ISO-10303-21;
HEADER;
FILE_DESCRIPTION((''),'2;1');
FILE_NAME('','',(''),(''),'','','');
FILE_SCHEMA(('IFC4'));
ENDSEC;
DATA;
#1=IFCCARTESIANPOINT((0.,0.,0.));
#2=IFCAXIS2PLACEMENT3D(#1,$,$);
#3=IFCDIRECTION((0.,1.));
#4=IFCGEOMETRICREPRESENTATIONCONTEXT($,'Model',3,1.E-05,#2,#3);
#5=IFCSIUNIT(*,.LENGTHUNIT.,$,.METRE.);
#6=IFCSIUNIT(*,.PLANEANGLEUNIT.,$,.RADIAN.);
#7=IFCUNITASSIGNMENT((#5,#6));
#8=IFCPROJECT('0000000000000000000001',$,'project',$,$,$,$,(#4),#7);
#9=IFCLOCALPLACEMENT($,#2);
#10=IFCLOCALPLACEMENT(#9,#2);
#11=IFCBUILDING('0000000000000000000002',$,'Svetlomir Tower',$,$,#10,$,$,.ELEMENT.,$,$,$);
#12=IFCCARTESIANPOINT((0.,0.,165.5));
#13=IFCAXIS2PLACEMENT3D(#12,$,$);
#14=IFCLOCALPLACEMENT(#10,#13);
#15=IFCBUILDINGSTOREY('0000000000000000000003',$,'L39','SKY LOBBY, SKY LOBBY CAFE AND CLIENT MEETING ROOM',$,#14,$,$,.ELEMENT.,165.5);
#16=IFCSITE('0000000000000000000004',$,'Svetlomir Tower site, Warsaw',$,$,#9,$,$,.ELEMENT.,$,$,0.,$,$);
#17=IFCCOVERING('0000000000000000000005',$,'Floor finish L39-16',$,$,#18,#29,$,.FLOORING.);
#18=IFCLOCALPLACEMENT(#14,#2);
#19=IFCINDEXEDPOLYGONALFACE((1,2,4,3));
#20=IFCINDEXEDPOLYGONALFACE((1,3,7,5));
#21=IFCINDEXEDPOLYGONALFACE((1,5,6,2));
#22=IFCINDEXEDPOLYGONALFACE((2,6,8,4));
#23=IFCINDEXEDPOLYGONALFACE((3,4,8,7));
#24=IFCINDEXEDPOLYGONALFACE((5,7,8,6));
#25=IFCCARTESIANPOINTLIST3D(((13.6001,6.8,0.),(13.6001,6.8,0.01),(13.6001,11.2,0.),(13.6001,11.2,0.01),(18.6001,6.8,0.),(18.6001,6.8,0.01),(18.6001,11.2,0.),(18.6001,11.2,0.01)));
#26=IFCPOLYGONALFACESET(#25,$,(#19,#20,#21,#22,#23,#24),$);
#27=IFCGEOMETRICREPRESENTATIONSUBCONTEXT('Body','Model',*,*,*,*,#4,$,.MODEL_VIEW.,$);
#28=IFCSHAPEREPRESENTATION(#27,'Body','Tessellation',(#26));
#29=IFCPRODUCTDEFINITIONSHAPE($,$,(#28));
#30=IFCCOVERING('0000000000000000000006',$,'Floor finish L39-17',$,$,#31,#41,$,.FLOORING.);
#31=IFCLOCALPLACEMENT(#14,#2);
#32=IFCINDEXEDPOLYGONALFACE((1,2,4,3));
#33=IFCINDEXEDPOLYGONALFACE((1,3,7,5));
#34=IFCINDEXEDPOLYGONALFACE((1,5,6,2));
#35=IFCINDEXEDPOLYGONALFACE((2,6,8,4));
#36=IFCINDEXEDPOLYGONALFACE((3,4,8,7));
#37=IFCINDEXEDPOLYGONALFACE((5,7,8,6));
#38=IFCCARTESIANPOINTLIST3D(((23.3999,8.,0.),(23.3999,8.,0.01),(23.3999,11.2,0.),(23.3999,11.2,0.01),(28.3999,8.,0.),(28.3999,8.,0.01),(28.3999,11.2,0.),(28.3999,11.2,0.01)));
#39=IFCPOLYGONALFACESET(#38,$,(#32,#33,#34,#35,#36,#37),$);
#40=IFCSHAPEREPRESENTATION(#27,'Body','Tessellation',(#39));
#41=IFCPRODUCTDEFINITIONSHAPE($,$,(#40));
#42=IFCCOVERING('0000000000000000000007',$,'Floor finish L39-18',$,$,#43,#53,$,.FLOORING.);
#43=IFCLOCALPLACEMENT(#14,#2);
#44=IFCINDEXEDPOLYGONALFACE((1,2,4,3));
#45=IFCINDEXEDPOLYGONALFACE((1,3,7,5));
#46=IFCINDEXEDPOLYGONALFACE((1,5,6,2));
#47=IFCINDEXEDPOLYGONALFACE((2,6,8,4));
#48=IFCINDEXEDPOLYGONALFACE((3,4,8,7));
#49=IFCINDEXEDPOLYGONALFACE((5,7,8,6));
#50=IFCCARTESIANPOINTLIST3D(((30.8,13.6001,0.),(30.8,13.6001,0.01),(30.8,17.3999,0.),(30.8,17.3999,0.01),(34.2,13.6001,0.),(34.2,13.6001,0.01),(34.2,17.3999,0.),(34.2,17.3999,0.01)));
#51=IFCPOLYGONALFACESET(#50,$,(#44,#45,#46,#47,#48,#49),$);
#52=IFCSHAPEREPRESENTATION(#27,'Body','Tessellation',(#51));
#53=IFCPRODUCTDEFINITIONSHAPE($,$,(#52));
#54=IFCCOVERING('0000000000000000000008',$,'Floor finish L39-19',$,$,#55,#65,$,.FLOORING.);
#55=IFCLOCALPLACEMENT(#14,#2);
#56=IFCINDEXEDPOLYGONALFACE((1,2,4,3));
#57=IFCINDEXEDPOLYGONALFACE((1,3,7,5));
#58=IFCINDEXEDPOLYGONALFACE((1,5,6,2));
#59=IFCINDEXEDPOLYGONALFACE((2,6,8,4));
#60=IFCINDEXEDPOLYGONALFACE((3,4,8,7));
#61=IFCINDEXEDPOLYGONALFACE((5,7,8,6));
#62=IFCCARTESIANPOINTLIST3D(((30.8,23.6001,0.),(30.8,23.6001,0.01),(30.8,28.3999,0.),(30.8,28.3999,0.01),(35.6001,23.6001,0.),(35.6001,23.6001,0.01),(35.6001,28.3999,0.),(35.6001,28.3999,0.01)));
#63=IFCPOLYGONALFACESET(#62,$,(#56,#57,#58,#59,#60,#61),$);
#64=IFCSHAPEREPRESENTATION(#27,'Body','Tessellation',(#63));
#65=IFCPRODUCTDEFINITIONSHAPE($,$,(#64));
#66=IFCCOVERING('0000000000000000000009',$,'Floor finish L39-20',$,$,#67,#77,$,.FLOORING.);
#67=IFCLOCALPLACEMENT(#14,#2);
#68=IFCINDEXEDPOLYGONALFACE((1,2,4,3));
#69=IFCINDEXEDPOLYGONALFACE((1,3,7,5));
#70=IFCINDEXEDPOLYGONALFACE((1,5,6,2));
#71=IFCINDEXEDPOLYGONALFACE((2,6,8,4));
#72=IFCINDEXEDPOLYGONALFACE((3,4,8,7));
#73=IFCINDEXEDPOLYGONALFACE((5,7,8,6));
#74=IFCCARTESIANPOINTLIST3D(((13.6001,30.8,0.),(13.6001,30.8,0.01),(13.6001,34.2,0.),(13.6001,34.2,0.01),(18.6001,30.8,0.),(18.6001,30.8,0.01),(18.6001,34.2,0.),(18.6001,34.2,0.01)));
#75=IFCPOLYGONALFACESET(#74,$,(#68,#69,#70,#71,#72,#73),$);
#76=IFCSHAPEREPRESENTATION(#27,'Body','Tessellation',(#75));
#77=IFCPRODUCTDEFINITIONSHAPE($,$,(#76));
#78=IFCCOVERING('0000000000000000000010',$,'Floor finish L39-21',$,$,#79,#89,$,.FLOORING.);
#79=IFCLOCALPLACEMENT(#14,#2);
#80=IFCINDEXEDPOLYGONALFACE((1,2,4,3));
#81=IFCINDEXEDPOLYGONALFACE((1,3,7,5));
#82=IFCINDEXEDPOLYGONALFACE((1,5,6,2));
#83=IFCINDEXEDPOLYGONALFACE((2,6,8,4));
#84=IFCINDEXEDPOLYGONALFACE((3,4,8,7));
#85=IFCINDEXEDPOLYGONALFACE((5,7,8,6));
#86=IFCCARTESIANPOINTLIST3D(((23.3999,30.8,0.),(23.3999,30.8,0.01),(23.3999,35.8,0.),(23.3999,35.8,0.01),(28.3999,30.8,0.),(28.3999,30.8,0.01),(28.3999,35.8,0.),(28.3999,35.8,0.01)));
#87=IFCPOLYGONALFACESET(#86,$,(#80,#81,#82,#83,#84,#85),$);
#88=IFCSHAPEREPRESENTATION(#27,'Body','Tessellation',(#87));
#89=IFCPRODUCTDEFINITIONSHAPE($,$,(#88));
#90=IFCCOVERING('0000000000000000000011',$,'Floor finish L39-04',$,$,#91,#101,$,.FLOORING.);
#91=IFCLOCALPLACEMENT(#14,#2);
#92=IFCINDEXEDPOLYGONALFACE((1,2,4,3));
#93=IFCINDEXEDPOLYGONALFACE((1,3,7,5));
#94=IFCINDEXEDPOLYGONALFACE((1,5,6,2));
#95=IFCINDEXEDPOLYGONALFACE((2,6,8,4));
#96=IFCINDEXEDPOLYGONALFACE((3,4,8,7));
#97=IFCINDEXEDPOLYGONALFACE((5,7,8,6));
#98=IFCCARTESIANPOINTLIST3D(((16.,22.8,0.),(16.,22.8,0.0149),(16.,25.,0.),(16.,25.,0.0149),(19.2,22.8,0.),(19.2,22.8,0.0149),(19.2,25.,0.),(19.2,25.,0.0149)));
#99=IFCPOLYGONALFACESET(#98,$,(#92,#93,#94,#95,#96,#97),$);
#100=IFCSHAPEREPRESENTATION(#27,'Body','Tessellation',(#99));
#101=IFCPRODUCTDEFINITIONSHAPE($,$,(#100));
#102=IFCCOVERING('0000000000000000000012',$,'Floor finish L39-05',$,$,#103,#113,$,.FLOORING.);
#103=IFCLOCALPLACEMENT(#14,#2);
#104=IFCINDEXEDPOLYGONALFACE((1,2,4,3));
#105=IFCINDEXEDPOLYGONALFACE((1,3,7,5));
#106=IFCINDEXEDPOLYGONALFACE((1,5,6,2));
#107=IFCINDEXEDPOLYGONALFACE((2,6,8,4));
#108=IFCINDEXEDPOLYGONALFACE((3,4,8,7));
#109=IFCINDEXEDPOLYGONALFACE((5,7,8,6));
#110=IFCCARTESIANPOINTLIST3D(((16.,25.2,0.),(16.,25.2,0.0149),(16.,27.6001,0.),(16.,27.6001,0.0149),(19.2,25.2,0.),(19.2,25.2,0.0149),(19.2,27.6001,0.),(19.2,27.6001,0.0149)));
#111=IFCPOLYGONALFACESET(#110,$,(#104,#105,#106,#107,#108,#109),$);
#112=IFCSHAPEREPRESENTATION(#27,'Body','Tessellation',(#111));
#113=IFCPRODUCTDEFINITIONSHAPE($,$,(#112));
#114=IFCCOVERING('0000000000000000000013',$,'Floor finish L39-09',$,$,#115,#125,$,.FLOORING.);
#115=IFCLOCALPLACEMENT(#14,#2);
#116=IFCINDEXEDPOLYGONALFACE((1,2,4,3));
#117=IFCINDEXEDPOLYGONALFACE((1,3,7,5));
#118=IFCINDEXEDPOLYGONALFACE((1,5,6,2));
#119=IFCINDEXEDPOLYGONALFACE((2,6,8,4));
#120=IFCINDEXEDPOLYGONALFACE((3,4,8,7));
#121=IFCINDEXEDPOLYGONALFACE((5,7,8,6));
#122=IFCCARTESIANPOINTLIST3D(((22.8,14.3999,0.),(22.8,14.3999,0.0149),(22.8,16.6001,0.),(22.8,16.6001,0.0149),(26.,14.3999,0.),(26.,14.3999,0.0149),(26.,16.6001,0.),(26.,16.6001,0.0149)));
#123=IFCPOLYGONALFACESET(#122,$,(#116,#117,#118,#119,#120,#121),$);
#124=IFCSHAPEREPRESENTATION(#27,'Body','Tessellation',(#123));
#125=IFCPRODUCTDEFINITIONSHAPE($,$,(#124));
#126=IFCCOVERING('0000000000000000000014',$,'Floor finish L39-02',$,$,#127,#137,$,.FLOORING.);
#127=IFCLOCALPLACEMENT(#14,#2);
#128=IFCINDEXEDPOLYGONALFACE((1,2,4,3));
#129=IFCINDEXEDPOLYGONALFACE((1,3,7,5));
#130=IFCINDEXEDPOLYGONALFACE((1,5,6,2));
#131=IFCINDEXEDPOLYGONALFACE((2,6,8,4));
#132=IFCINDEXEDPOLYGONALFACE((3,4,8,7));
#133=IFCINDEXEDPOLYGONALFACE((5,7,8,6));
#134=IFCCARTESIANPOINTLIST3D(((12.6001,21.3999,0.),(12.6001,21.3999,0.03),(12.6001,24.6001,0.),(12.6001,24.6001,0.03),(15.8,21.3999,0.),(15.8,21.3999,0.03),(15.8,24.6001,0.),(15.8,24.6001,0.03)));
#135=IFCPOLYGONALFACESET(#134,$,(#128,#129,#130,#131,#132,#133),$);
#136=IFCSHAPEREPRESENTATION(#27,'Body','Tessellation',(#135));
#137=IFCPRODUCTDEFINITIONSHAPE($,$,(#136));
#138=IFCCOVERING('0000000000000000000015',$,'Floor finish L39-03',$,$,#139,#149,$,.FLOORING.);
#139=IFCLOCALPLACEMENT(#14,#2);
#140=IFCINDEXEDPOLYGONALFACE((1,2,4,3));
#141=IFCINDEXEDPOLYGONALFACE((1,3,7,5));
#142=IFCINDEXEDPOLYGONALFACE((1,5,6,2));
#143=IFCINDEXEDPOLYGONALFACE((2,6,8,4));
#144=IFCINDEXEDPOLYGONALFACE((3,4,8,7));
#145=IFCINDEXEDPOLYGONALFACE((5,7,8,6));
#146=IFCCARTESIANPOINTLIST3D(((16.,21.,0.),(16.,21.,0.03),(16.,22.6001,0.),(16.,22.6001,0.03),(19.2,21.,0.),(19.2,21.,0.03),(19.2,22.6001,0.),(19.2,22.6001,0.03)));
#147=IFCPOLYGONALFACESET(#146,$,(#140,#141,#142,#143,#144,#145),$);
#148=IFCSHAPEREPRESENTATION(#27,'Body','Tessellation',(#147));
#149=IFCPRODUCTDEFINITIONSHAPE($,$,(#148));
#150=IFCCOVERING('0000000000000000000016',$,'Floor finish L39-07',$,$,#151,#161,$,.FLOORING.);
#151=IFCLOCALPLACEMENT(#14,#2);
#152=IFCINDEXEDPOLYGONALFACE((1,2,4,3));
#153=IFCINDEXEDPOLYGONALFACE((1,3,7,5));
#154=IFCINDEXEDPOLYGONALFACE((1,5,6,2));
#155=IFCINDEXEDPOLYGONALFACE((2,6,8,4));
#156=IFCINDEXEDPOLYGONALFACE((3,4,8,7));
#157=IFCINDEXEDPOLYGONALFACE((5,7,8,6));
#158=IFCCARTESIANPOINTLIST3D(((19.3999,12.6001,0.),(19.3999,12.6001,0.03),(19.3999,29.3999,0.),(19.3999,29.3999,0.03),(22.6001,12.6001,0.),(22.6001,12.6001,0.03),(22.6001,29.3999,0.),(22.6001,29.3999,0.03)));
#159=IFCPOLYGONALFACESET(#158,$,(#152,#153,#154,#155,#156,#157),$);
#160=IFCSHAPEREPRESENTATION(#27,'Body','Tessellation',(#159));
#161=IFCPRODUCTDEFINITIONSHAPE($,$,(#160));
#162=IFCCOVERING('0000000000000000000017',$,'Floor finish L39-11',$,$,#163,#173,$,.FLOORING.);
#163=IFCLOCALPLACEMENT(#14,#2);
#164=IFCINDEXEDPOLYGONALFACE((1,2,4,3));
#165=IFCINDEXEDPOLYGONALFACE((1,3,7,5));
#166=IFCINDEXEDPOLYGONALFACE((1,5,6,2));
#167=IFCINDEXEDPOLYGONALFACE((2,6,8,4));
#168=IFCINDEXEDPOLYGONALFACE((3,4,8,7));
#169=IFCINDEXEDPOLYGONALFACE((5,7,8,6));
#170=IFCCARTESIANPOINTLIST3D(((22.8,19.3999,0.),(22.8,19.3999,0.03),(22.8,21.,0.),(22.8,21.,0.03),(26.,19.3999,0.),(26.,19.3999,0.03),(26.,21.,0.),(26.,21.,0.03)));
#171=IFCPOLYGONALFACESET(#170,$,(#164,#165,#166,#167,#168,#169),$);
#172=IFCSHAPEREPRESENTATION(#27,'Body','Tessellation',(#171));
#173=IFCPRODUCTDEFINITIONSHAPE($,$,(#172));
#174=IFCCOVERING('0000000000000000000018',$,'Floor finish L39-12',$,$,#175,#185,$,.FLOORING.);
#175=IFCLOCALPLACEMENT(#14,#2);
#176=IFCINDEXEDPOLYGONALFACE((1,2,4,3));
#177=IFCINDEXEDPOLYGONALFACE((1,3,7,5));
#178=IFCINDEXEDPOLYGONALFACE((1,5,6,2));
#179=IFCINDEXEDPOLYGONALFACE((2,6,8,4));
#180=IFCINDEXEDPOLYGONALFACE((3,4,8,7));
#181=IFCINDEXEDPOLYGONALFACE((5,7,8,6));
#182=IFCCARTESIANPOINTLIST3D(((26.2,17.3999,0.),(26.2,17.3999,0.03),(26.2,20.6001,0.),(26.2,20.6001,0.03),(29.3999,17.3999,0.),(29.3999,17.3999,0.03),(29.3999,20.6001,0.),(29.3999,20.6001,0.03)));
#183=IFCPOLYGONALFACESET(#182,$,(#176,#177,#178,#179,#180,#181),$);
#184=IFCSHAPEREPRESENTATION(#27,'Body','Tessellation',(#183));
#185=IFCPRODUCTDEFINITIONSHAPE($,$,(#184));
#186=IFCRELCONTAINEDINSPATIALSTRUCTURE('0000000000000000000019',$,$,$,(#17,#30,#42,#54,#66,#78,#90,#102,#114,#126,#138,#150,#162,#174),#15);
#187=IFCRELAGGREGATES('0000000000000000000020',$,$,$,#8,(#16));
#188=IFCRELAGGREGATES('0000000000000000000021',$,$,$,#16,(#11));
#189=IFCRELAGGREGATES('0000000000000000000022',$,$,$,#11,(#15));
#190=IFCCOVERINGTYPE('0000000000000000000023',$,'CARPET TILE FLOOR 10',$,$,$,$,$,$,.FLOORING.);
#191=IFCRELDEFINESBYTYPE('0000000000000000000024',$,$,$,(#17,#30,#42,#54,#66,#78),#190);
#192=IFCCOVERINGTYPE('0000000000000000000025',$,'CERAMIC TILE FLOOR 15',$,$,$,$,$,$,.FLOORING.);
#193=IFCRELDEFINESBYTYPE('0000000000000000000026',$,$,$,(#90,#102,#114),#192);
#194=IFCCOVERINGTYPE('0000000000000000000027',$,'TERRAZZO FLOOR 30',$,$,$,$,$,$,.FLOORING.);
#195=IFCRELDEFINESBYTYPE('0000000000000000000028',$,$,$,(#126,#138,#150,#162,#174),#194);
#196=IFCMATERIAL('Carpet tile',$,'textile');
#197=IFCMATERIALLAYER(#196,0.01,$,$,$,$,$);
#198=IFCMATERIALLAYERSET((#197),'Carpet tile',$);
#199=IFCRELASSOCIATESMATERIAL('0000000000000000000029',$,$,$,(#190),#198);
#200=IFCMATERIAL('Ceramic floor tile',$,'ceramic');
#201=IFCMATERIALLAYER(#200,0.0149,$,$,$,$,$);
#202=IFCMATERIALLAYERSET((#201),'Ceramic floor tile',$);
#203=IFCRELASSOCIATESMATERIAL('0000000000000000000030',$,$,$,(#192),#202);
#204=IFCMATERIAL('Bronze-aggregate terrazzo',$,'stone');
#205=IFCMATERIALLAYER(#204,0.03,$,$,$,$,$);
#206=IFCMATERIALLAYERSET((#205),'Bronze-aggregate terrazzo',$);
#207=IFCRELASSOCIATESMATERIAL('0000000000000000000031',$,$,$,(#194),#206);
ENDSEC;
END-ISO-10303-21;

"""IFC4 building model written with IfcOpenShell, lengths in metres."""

from ifc_helpers import new_model, si_unit, direction, frame, origin, place, context, subcontext, project, spatial, polyline, outline, extrude, material, layer, layer_set, type_object, element, save


model = new_model("IFC4")

# Units and contexts
model_context = context("Model", 3, precision=1e-05, world=origin(), true_north=direction((0.0, 1.0)))
body_context = subcontext(model_context, "Body", "Model", "MODEL_VIEW")
ifc_project = project(units=[si_unit("LENGTHUNIT", "METRE"), si_unit("PLANEANGLEUNIT", "RADIAN")], contexts=[model_context])

# Site, building, storey
site_placement = place(None, origin())
site = spatial("IfcSite", under=ifc_project, at=site_placement, Name="Svetlomir Tower site, Warsaw", CompositionType="ELEMENT", RefElevation=0.0)
building_placement = place(site_placement, origin())
building = spatial("IfcBuilding", under=site, at=building_placement, Name="Svetlomir Tower", CompositionType="ELEMENT")
storey_placement = place(building_placement, frame((0.0, 0.0, 165.5)))
storey = spatial("IfcBuildingStorey", under=building, at=storey_placement, Name="L39", Description="SKY LOBBY, SKY LOBBY CAFE AND CLIENT MEETING ROOM", CompositionType="ELEMENT", Elevation=165.5)

# Coverings
ifc_material_1 = material(Name="Carpet tile", Category="textile")
ifc_layer_1 = layer(ifc_material_1, 0.01)
ifc_layer_set_1 = layer_set([ifc_layer_1], Name="Carpet tile")
covering_type_1 = type_object("IfcCoveringType", Name="CARPET TILE FLOOR 10", PredefinedType="FLOORING", material=ifc_layer_set_1)
covering_1_placement = place(storey_placement, origin())
element("IfcCovering", 1, at=covering_1_placement, inside=storey, type_object=covering_type_1, Name="Floor finish L39-16", PredefinedType="FLOORING", context=body_context, shape_type="SweptSolid", body=[
    extrude(outline(polyline([(13.6001, 6.8), (18.6001, 6.8), (18.6001, 11.2), (13.6001, 11.2), (13.6001, 6.8)])), origin(), (0.0, 0.0, 1.0), 0.01),
])
covering_2_placement = place(storey_placement, origin())
element("IfcCovering", 2, at=covering_2_placement, inside=storey, type_object=covering_type_1, Name="Floor finish L39-17", PredefinedType="FLOORING", context=body_context, shape_type="SweptSolid", body=[
    extrude(outline(polyline([(23.3999, 8.0), (28.3999, 8.0), (28.3999, 11.2), (23.3999, 11.2), (23.3999, 8.0)])), origin(), (0.0, 0.0, 1.0), 0.01),
])
covering_3_placement = place(storey_placement, origin())
element("IfcCovering", 3, at=covering_3_placement, inside=storey, type_object=covering_type_1, Name="Floor finish L39-18", PredefinedType="FLOORING", context=body_context, shape_type="SweptSolid", body=[
    extrude(outline(polyline([(30.8, 13.6001), (34.2, 13.6001), (34.2, 17.3999), (30.8, 17.3999), (30.8, 13.6001)])), origin(), (0.0, 0.0, 1.0), 0.01),
])
covering_4_placement = place(storey_placement, origin())
element("IfcCovering", 4, at=covering_4_placement, inside=storey, type_object=covering_type_1, Name="Floor finish L39-19", PredefinedType="FLOORING", context=body_context, shape_type="SweptSolid", body=[
    extrude(outline(polyline([(30.8, 23.6001), (35.6001, 23.6001), (35.6001, 28.3999), (30.8, 28.3999), (30.8, 23.6001)])), origin(), (0.0, 0.0, 1.0), 0.01),
])
covering_5_placement = place(storey_placement, origin())
element("IfcCovering", 5, at=covering_5_placement, inside=storey, type_object=covering_type_1, Name="Floor finish L39-20", PredefinedType="FLOORING", context=body_context, shape_type="SweptSolid", body=[
    extrude(outline(polyline([(13.6001, 30.8), (18.6001, 30.8), (18.6001, 34.2), (13.6001, 34.2), (13.6001, 30.8)])), origin(), (0.0, 0.0, 1.0), 0.01),
])
covering_6_placement = place(storey_placement, origin())
element("IfcCovering", 6, at=covering_6_placement, inside=storey, type_object=covering_type_1, Name="Floor finish L39-21", PredefinedType="FLOORING", context=body_context, shape_type="SweptSolid", body=[
    extrude(outline(polyline([(23.3999, 30.8), (28.3999, 30.8), (28.3999, 35.8), (23.3999, 35.8), (23.3999, 30.8)])), origin(), (0.0, 0.0, 1.0), 0.01),
])
ifc_material_2 = material(Name="Ceramic floor tile", Category="ceramic")
ifc_layer_2 = layer(ifc_material_2, 0.0149)
ifc_layer_set_2 = layer_set([ifc_layer_2], Name="Ceramic floor tile")
covering_type_2 = type_object("IfcCoveringType", Name="CERAMIC TILE FLOOR 15", PredefinedType="FLOORING", material=ifc_layer_set_2)
covering_7_placement = place(storey_placement, origin())
element("IfcCovering", 7, at=covering_7_placement, inside=storey, type_object=covering_type_2, Name="Floor finish L39-04", PredefinedType="FLOORING", context=body_context, shape_type="SweptSolid", body=[
    extrude(outline(polyline([(16.0, 22.8), (19.2, 22.8), (19.2, 25.0), (16.0, 25.0), (16.0, 22.8)])), origin(), (0.0, 0.0, 1.0), 0.0149),
])
covering_8_placement = place(storey_placement, origin())
element("IfcCovering", 8, at=covering_8_placement, inside=storey, type_object=covering_type_2, Name="Floor finish L39-05", PredefinedType="FLOORING", context=body_context, shape_type="SweptSolid", body=[
    extrude(outline(polyline([(16.0, 25.2), (19.2, 25.2), (19.2, 27.6001), (16.0, 27.6001), (16.0, 25.2)])), origin(), (0.0, 0.0, 1.0), 0.0149),
])
covering_9_placement = place(storey_placement, origin())
element("IfcCovering", 9, at=covering_9_placement, inside=storey, type_object=covering_type_2, Name="Floor finish L39-09", PredefinedType="FLOORING", context=body_context, shape_type="SweptSolid", body=[
    extrude(outline(polyline([(22.8, 14.3999), (26.0, 14.3999), (26.0, 16.6001), (22.8, 16.6001), (22.8, 14.3999)])), origin(), (0.0, 0.0, 1.0), 0.0149),
])
ifc_material_3 = material(Name="Bronze-aggregate terrazzo", Category="stone")
ifc_layer_3 = layer(ifc_material_3, 0.03)
ifc_layer_set_3 = layer_set([ifc_layer_3], Name="Bronze-aggregate terrazzo")
covering_type_3 = type_object("IfcCoveringType", Name="TERRAZZO FLOOR 30", PredefinedType="FLOORING", material=ifc_layer_set_3)
covering_10_placement = place(storey_placement, origin())
element("IfcCovering", 10, at=covering_10_placement, inside=storey, type_object=covering_type_3, Name="Floor finish L39-02", PredefinedType="FLOORING", context=body_context, shape_type="SweptSolid", body=[
    extrude(outline(polyline([(12.6001, 21.3999), (15.8, 21.3999), (15.8, 24.6001), (12.6001, 24.6001), (12.6001, 21.3999)])), origin(), (0.0, 0.0, 1.0), 0.03),
])
covering_11_placement = place(storey_placement, origin())
element("IfcCovering", 11, at=covering_11_placement, inside=storey, type_object=covering_type_3, Name="Floor finish L39-03", PredefinedType="FLOORING", context=body_context, shape_type="SweptSolid", body=[
    extrude(outline(polyline([(16.0, 21.0), (19.2, 21.0), (19.2, 22.6001), (16.0, 22.6001), (16.0, 21.0)])), origin(), (0.0, 0.0, 1.0), 0.03),
])
covering_12_placement = place(storey_placement, origin())
element("IfcCovering", 12, at=covering_12_placement, inside=storey, type_object=covering_type_3, Name="Floor finish L39-07", PredefinedType="FLOORING", context=body_context, shape_type="SweptSolid", body=[
    extrude(outline(polyline([(19.3999, 12.6001), (22.6001, 12.6001), (22.6001, 29.3999), (19.3999, 29.3999), (19.3999, 12.6001)])), origin(), (0.0, 0.0, 1.0), 0.03),
])
covering_13_placement = place(storey_placement, origin())
element("IfcCovering", 13, at=covering_13_placement, inside=storey, type_object=covering_type_3, Name="Floor finish L39-11", PredefinedType="FLOORING", context=body_context, shape_type="SweptSolid", body=[
    extrude(outline(polyline([(22.8, 19.3999), (26.0, 19.3999), (26.0, 21.0), (22.8, 21.0), (22.8, 19.3999)])), origin(), (0.0, 0.0, 1.0), 0.03),
])
covering_14_placement = place(storey_placement, origin())
element("IfcCovering", 14, at=covering_14_placement, inside=storey, type_object=covering_type_3, Name="Floor finish L39-12", PredefinedType="FLOORING", context=body_context, shape_type="SweptSolid", body=[
    extrude(outline(polyline([(26.2, 17.3999), (29.3999, 17.3999), (29.3999, 20.6001), (26.2, 20.6001), (26.2, 17.3999)])), origin(), (0.0, 0.0, 1.0), 0.03),
])

save(model, "model.ifc")
